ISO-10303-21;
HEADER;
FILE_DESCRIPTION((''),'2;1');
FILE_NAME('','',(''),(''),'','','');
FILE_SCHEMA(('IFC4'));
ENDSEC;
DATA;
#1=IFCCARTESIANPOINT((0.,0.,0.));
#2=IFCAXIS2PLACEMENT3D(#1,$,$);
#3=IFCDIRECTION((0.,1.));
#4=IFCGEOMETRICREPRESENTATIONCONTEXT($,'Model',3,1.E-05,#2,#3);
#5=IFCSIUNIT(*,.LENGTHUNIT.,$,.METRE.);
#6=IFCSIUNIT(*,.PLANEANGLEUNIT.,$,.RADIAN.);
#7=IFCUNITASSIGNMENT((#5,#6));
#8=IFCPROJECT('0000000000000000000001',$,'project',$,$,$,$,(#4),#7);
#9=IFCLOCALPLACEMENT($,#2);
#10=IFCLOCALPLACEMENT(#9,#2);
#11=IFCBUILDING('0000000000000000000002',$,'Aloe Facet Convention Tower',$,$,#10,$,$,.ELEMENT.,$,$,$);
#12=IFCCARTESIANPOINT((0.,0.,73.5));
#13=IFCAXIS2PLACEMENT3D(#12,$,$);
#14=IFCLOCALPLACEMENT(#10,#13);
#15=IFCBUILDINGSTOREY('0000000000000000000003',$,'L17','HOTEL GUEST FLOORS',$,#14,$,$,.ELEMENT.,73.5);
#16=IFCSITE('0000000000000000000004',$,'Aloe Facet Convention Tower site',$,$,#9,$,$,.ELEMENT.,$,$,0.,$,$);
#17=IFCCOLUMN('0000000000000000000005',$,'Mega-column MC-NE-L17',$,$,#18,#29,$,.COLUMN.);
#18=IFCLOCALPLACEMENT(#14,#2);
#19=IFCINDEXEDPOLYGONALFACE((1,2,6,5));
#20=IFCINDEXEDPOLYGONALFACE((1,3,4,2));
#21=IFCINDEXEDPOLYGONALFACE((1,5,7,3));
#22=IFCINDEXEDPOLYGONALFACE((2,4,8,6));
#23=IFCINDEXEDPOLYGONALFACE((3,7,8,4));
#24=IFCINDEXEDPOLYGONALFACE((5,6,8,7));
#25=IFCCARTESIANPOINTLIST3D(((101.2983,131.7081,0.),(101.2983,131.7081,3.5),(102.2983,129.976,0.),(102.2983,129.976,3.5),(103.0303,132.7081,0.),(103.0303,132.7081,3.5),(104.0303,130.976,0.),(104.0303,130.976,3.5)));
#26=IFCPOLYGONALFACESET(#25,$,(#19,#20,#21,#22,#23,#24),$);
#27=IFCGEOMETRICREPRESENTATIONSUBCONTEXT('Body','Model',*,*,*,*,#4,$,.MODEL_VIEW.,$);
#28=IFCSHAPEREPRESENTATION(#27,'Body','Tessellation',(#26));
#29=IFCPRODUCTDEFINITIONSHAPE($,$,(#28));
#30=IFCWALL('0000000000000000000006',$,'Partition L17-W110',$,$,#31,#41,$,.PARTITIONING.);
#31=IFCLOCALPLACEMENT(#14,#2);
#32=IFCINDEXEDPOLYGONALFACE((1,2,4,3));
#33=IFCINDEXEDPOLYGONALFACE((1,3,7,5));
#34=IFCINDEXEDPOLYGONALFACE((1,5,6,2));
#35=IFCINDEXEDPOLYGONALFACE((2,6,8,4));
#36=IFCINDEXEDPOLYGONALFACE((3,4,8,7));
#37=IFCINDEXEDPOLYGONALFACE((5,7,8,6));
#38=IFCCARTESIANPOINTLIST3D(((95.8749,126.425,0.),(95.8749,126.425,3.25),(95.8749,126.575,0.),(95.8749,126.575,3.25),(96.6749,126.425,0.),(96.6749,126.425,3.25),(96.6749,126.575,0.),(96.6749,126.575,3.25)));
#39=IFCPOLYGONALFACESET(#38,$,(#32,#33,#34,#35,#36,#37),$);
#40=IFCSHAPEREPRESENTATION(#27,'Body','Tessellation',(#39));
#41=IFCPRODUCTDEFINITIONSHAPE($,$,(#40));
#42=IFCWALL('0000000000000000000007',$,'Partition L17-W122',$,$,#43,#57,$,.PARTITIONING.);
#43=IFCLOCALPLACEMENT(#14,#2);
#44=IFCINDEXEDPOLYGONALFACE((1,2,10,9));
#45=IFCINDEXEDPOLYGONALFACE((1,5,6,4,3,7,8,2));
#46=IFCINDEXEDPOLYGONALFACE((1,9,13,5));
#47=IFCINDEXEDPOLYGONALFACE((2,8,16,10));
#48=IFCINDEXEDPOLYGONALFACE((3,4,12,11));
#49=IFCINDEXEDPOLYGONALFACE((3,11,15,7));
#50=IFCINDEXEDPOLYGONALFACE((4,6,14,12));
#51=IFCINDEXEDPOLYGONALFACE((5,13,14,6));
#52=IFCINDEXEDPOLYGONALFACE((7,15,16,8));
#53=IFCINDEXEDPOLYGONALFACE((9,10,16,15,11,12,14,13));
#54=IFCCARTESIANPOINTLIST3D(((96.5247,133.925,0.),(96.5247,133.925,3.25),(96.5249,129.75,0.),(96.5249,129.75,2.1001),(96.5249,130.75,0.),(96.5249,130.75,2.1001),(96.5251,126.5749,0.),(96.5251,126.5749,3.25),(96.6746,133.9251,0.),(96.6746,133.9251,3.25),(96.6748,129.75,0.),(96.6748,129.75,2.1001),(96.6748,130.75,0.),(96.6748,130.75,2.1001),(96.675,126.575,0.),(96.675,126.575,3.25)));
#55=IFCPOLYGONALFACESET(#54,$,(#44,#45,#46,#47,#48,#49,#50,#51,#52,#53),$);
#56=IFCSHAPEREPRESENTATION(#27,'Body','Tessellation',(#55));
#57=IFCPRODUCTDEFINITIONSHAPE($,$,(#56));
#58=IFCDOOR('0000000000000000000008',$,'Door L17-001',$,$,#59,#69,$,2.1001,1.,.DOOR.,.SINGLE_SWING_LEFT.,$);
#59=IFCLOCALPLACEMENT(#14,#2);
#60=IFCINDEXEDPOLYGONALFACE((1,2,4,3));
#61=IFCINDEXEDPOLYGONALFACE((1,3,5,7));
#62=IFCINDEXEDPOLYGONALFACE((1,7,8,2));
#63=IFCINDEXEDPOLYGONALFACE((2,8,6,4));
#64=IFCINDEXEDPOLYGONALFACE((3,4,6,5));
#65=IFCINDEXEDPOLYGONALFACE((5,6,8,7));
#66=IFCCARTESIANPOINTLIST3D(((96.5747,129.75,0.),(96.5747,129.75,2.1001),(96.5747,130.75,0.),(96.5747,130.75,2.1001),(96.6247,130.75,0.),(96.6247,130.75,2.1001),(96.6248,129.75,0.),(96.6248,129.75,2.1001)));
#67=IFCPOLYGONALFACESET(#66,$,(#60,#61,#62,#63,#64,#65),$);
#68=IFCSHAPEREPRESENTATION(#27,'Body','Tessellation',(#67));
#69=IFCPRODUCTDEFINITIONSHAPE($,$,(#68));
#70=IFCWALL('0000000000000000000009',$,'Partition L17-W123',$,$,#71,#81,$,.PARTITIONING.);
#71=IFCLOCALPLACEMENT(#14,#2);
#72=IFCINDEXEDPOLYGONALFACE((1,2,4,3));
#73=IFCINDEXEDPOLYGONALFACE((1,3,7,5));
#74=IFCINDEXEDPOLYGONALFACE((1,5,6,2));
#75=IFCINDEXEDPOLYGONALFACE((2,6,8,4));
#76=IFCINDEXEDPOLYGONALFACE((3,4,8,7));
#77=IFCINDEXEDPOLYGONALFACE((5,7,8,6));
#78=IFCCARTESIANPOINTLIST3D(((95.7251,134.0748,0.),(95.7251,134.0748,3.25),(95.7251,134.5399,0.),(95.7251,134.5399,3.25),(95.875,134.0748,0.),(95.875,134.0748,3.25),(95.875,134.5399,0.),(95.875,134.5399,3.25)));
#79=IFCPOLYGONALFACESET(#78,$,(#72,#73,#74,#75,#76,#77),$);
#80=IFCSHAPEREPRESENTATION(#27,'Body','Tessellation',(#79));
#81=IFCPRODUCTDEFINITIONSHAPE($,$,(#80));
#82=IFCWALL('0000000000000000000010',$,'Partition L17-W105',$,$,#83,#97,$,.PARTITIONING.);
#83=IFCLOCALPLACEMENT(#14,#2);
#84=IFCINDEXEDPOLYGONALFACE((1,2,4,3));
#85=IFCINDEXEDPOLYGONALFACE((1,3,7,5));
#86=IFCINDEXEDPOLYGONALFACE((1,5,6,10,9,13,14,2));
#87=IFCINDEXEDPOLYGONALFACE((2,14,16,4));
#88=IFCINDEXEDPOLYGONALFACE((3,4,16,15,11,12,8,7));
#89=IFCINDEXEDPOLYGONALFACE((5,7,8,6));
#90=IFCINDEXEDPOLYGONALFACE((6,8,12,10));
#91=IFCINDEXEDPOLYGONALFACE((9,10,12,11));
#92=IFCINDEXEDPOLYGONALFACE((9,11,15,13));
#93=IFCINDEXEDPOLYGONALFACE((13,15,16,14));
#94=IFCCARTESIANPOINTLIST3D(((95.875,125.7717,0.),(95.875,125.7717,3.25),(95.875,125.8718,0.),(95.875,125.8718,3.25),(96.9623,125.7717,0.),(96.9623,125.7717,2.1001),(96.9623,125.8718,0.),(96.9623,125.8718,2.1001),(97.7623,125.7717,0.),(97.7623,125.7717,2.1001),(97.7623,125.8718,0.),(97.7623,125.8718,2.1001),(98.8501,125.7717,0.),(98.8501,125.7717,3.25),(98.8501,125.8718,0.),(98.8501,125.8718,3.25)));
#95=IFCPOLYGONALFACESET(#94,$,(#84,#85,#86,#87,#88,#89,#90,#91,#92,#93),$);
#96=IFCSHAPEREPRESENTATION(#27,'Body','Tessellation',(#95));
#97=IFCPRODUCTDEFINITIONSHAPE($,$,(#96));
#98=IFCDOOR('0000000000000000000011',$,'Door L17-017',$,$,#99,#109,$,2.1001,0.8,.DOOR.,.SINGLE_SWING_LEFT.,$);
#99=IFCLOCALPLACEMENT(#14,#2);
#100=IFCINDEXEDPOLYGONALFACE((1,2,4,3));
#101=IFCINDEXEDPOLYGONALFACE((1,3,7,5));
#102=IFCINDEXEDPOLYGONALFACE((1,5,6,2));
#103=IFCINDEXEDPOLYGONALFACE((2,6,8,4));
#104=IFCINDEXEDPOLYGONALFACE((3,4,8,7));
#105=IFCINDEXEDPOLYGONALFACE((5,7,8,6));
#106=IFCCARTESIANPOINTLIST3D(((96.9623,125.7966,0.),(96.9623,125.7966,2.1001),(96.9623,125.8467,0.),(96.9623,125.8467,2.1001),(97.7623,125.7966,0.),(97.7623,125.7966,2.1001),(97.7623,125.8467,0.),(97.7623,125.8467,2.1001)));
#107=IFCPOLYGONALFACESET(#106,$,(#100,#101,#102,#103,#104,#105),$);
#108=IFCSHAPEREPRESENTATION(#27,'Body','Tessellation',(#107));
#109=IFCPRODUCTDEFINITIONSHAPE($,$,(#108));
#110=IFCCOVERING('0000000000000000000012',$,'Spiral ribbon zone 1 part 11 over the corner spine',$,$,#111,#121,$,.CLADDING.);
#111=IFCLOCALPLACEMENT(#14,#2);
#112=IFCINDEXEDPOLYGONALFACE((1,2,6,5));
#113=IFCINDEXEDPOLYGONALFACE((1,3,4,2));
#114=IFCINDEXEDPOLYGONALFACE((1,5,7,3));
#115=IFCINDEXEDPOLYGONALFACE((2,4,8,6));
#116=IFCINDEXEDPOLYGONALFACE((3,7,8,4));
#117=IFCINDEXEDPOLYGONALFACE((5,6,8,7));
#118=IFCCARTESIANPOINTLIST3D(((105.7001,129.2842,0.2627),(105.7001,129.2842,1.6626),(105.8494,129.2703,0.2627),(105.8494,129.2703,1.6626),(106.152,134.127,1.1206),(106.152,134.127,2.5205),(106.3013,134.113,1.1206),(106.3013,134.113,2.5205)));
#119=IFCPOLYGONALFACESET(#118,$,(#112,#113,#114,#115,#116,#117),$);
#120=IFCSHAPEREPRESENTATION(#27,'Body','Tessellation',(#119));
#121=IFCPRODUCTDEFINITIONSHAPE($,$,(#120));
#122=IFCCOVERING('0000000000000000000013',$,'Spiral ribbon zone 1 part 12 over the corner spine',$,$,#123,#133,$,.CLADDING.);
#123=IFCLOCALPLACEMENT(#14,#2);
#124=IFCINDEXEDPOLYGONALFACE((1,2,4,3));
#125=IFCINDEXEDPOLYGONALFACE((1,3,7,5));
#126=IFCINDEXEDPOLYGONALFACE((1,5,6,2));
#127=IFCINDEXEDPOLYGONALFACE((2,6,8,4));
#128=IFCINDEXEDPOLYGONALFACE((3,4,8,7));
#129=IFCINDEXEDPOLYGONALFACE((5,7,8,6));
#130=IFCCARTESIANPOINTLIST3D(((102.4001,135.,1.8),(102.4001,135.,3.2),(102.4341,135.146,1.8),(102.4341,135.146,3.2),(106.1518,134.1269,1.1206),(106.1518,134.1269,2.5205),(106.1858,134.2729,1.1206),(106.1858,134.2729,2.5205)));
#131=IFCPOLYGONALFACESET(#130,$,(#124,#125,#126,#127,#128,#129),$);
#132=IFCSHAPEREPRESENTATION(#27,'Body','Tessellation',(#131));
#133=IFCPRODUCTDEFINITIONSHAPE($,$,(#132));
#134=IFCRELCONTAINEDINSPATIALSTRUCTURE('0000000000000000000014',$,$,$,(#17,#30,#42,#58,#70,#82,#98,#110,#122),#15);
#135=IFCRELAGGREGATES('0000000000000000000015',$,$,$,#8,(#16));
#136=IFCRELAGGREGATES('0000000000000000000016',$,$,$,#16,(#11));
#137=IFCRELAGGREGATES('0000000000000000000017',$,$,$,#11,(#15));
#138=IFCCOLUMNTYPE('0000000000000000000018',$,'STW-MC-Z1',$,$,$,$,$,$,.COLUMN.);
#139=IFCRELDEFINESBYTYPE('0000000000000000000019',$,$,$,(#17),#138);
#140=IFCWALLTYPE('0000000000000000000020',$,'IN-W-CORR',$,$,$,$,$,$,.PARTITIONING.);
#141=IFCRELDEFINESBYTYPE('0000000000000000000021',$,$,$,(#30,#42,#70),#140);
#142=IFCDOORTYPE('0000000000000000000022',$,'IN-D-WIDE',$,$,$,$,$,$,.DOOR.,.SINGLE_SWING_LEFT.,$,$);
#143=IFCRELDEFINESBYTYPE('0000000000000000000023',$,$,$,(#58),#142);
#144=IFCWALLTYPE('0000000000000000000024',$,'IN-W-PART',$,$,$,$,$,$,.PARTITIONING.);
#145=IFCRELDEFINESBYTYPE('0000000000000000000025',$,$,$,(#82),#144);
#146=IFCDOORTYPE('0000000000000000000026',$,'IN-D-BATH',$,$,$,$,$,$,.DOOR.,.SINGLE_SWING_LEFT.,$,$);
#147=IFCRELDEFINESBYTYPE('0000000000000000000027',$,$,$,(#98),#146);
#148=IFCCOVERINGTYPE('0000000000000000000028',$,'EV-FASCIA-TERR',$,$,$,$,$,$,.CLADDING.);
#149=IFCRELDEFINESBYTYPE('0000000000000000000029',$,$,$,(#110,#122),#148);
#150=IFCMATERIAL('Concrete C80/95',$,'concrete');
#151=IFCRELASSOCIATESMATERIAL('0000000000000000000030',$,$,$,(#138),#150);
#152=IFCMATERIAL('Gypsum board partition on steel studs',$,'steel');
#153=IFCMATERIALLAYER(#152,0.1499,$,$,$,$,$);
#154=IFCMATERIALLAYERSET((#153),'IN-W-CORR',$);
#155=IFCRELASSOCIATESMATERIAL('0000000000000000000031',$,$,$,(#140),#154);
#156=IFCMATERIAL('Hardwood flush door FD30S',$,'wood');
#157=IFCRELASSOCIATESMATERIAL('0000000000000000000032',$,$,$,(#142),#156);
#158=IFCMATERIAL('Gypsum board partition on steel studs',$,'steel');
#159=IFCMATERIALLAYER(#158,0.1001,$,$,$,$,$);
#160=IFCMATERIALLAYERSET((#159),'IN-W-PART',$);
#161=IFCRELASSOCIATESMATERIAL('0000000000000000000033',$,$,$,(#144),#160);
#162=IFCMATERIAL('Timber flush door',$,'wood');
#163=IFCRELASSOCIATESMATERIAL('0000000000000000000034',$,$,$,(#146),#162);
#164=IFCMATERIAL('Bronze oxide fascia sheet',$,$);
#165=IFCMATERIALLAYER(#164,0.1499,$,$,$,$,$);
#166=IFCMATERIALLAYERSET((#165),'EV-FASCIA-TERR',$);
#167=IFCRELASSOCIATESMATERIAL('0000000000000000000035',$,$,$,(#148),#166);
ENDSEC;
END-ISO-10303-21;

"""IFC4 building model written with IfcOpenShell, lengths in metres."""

from ifc_helpers import new_model, si_unit, direction, frame, frame_2d, origin, origin_2d, place, context, subcontext, project, spatial, polyline, rectangle, outline, extrude, material, layer, layer_set, material_profile, profile_set, type_object, element, fill, save


model = new_model("IFC4")

# Units and contexts
model_context = context("Model", 3, precision=1e-05, world=origin(), true_north=direction((0.0, 1.0)))
body_context = subcontext(model_context, "Body", "Model", "MODEL_VIEW")
ifc_project = project(units=[si_unit("LENGTHUNIT", "METRE"), si_unit("PLANEANGLEUNIT", "RADIAN")], contexts=[model_context])

# Site, building, storey
site_placement = place(None, origin())
site = spatial("IfcSite", under=ifc_project, at=site_placement, Name="Aloe Facet Convention Tower site", CompositionType="ELEMENT", RefElevation=0.0)
building_placement = place(site_placement, origin())
building = spatial("IfcBuilding", under=site, at=building_placement, Name="Aloe Facet Convention Tower", CompositionType="ELEMENT")
storey_placement = place(building_placement, frame((0.0, 0.0, 73.5)))
storey = spatial("IfcBuildingStorey", under=building, at=storey_placement, Name="L17", Description="HOTEL GUEST FLOORS", CompositionType="ELEMENT", Elevation=73.5)

# Column
ifc_material_1 = material(Name="Concrete C80/95", Category="concrete")
ifc_material_profile = material_profile(ifc_material_1, rectangle(XDim=2.0, YDim=2.0, at=origin_2d()), Name="STW-MC-Z1")
ifc_profile_set = profile_set([ifc_material_profile], Name="Concrete C80/95")
column_type = type_object("IfcColumnType", Name="STW-MC-Z1", PredefinedType="COLUMN", material=ifc_profile_set)
column_placement = place(storey_placement, frame((102.6643, 131.342, 0.0), z_axis=(0.0, 0.0, 1.0), x_axis=(-0.5, 0.866025, 0.0)))
element("IfcColumn", 1, at=column_placement, inside=storey, type_object=column_type, Name="Mega-column MC-NE-L17", PredefinedType="COLUMN", context=body_context, shape_type="SweptSolid", body=[
    extrude(rectangle(XDim=2.0, YDim=2.0, at=origin_2d()), origin(), (0.0, 0.0, 1.0), 3.5),
])

# Wall
ifc_material_2 = material(Name="Gypsum board partition on steel studs", Category="steel")
ifc_layer_1 = layer(ifc_material_2, 0.1499)
ifc_layer_set_1 = layer_set([ifc_layer_1], Name="IN-W-CORR")
wall_type_1 = type_object("IfcWallType", Name="IN-W-CORR", PredefinedType="PARTITIONING", material=ifc_layer_set_1)
wall_1_placement = place(storey_placement, frame((95.875, 126.5, 0.0), z_axis=(0.0, 0.0, 1.0), x_axis=(1.0, 0.0, 0.0)))
element("IfcWall", 2, at=wall_1_placement, inside=storey, type_object=wall_type_1, Name="Partition L17-W110", PredefinedType="PARTITIONING", context=body_context, shape_type="SweptSolid", body=[
    extrude(rectangle(XDim=0.8, YDim=0.1499, at=frame_2d((0.3999, 0.0))), origin(), (0.0, 0.0, 1.0), 3.25),
])

# Wall, opening, door
wall_2_placement = place(storey_placement, frame((96.5996, 133.925, 0.0), z_axis=(0.0, 0.0, 1.0), x_axis=(0.000066, -1.0, 0.0)))
wall_2 = element("IfcWall", 3, at=wall_2_placement, inside=storey, type_object=wall_type_1, Name="Partition L17-W122", PredefinedType="PARTITIONING", context=body_context, shape_type="SweptSolid", body=[
    extrude(rectangle(XDim=7.3501, YDim=0.1499, at=frame_2d((3.675, 0.0))), origin(), (0.0, 0.0, 1.0), 3.25),
])
opening_1_placement = place(wall_2_placement, frame((3.175, 0.0, 0.0)))
opening_1 = element("IfcOpeningElement", 4, at=opening_1_placement, cuts=wall_2, PredefinedType="OPENING", context=body_context, shape_type="SweptSolid", body=[
    extrude(rectangle(XDim=1.0, YDim=2.1001, at=frame_2d((0.5, 1.05))), frame((0.0, 0.085, 0.0), z_axis=(0.0, -1.0, 0.0), x_axis=(1.0, 0.0, 0.0)), (0.0, 0.0, 1.0), 0.1699),
])
ifc_material_3 = material(Name="Hardwood flush door FD30S", Category="wood")
door_type_1 = type_object("IfcDoorType", Name="IN-D-WIDE", OperationType="SINGLE_SWING_LEFT", PredefinedType="DOOR", material=ifc_material_3)
door_1_placement = place(opening_1_placement, origin())
door_1 = element("IfcDoor", 5, at=door_1_placement, inside=storey, type_object=door_type_1, Name="Door L17-001", OperationType="SINGLE_SWING_LEFT", OverallHeight=2.1001, OverallWidth=1.0, PredefinedType="DOOR", context=body_context, shape_type="SweptSolid", body=[
    extrude(rectangle(XDim=1.0, YDim=2.1001, at=frame_2d((0.5, 1.05))), frame((0.0, 0.0249, 0.0), z_axis=(0.0, -1.0, 0.0), x_axis=(1.0, 0.0, 0.0)), (0.0, 0.0, 1.0), 0.05),
])
fill(opening_1, door_1)

# Wall
wall_3_placement = place(storey_placement, frame((95.8, 134.075, 0.0), z_axis=(0.0, 0.0, 1.0), x_axis=(0.0, 1.0, 0.0)))
element("IfcWall", 6, at=wall_3_placement, inside=storey, type_object=wall_type_1, Name="Partition L17-W123", PredefinedType="PARTITIONING", context=body_context, shape_type="SweptSolid", body=[
    extrude(rectangle(XDim=0.4651, YDim=0.1499, at=frame_2d((0.2324, 0.0))), origin(), (0.0, 0.0, 1.0), 3.25),
])

# Wall, opening, door
ifc_material_4 = material(Name="Gypsum board partition on steel studs", Category="steel")
ifc_layer_2 = layer(ifc_material_4, 0.1001)
ifc_layer_set_2 = layer_set([ifc_layer_2], Name="IN-W-PART")
wall_type_2 = type_object("IfcWallType", Name="IN-W-PART", PredefinedType="PARTITIONING", material=ifc_layer_set_2)
wall_4_placement = place(storey_placement, frame((95.875, 125.8218, 0.0), z_axis=(0.0, 0.0, 1.0), x_axis=(1.0, 0.0, 0.0)))
wall_4 = element("IfcWall", 7, at=wall_4_placement, inside=storey, type_object=wall_type_2, Name="Partition L17-W105", PredefinedType="PARTITIONING", context=body_context, shape_type="SweptSolid", body=[
    extrude(rectangle(XDim=2.9751, YDim=0.1001, at=frame_2d((1.4875, 0.0))), origin(), (0.0, 0.0, 1.0), 3.25),
])
opening_2_placement = place(wall_4_placement, frame((1.0874, 0.0, 0.0)))
opening_2 = element("IfcOpeningElement", 8, at=opening_2_placement, cuts=wall_4, PredefinedType="OPENING", context=body_context, shape_type="SweptSolid", body=[
    extrude(rectangle(XDim=0.8, YDim=2.1001, at=frame_2d((0.3999, 1.05))), frame((0.0, 0.0601, 0.0), z_axis=(0.0, -1.0, 0.0), x_axis=(1.0, 0.0, 0.0)), (0.0, 0.0, 1.0), 0.1201),
])
ifc_material_5 = material(Name="Timber flush door", Category="wood")
door_type_2 = type_object("IfcDoorType", Name="IN-D-BATH", OperationType="SINGLE_SWING_LEFT", PredefinedType="DOOR", material=ifc_material_5)
door_2_placement = place(opening_2_placement, origin())
door_2 = element("IfcDoor", 9, at=door_2_placement, inside=storey, type_object=door_type_2, Name="Door L17-017", OperationType="SINGLE_SWING_LEFT", OverallHeight=2.1001, OverallWidth=0.8, PredefinedType="DOOR", context=body_context, shape_type="SweptSolid", body=[
    extrude(rectangle(XDim=0.8, YDim=2.1001, at=frame_2d((0.3999, 1.05))), frame((0.0, 0.0249, 0.0), z_axis=(0.0, -1.0, 0.0), x_axis=(1.0, 0.0, 0.0)), (0.0, 0.0, 1.0), 0.05),
])
fill(opening_2, door_2)

# Coverings
ifc_material_6 = material(Name="Bronze oxide fascia sheet")
ifc_layer_3 = layer(ifc_material_6, 0.1499)
ifc_layer_set_3 = layer_set([ifc_layer_3], Name="EV-FASCIA-TERR")
covering_type = type_object("IfcCoveringType", Name="EV-FASCIA-TERR", PredefinedType="CLADDING", material=ifc_layer_set_3)
covering_1_placement = place(storey_placement, frame((105.8494, 129.2703, 0.2627), z_axis=(0.995674, -0.092912, 0.0), x_axis=(0.091499, 0.980538, 0.173705)))
element("IfcCovering", 10, at=covering_1_placement, inside=storey, type_object=covering_type, Name="Spiral ribbon zone 1 part 11 over the corner spine", PredefinedType="CLADDING", context=body_context, shape_type="SweptSolid", body=[
    extrude(outline(polyline([(0.0, 0.0), (4.9389, 0.0), (5.1821, 1.3786), (0.2432, 1.3786), (0.0, 0.0)])), origin(), (0.0, 0.0, -1.0), 0.1499),
])
covering_2_placement = place(storey_placement, frame((106.1858, 134.2729, 1.1206), z_axis=(0.226651, 0.973976, 0.0), x_axis=(-0.959169, 0.223205, 0.173708)))
element("IfcCovering", 11, at=covering_2_placement, inside=storey, type_object=covering_type, Name="Spiral ribbon zone 1 part 12 over the corner spine", PredefinedType="CLADDING", context=body_context, shape_type="SweptSolid", body=[
    extrude(outline(polyline([(0.0, 0.0), (3.9114, 0.0), (4.1546, 1.3786), (0.2432, 1.3786), (0.0, 0.0)])), origin(), (0.0, 0.0, -1.0), 0.1499),
])

save(model, "model.ifc")
